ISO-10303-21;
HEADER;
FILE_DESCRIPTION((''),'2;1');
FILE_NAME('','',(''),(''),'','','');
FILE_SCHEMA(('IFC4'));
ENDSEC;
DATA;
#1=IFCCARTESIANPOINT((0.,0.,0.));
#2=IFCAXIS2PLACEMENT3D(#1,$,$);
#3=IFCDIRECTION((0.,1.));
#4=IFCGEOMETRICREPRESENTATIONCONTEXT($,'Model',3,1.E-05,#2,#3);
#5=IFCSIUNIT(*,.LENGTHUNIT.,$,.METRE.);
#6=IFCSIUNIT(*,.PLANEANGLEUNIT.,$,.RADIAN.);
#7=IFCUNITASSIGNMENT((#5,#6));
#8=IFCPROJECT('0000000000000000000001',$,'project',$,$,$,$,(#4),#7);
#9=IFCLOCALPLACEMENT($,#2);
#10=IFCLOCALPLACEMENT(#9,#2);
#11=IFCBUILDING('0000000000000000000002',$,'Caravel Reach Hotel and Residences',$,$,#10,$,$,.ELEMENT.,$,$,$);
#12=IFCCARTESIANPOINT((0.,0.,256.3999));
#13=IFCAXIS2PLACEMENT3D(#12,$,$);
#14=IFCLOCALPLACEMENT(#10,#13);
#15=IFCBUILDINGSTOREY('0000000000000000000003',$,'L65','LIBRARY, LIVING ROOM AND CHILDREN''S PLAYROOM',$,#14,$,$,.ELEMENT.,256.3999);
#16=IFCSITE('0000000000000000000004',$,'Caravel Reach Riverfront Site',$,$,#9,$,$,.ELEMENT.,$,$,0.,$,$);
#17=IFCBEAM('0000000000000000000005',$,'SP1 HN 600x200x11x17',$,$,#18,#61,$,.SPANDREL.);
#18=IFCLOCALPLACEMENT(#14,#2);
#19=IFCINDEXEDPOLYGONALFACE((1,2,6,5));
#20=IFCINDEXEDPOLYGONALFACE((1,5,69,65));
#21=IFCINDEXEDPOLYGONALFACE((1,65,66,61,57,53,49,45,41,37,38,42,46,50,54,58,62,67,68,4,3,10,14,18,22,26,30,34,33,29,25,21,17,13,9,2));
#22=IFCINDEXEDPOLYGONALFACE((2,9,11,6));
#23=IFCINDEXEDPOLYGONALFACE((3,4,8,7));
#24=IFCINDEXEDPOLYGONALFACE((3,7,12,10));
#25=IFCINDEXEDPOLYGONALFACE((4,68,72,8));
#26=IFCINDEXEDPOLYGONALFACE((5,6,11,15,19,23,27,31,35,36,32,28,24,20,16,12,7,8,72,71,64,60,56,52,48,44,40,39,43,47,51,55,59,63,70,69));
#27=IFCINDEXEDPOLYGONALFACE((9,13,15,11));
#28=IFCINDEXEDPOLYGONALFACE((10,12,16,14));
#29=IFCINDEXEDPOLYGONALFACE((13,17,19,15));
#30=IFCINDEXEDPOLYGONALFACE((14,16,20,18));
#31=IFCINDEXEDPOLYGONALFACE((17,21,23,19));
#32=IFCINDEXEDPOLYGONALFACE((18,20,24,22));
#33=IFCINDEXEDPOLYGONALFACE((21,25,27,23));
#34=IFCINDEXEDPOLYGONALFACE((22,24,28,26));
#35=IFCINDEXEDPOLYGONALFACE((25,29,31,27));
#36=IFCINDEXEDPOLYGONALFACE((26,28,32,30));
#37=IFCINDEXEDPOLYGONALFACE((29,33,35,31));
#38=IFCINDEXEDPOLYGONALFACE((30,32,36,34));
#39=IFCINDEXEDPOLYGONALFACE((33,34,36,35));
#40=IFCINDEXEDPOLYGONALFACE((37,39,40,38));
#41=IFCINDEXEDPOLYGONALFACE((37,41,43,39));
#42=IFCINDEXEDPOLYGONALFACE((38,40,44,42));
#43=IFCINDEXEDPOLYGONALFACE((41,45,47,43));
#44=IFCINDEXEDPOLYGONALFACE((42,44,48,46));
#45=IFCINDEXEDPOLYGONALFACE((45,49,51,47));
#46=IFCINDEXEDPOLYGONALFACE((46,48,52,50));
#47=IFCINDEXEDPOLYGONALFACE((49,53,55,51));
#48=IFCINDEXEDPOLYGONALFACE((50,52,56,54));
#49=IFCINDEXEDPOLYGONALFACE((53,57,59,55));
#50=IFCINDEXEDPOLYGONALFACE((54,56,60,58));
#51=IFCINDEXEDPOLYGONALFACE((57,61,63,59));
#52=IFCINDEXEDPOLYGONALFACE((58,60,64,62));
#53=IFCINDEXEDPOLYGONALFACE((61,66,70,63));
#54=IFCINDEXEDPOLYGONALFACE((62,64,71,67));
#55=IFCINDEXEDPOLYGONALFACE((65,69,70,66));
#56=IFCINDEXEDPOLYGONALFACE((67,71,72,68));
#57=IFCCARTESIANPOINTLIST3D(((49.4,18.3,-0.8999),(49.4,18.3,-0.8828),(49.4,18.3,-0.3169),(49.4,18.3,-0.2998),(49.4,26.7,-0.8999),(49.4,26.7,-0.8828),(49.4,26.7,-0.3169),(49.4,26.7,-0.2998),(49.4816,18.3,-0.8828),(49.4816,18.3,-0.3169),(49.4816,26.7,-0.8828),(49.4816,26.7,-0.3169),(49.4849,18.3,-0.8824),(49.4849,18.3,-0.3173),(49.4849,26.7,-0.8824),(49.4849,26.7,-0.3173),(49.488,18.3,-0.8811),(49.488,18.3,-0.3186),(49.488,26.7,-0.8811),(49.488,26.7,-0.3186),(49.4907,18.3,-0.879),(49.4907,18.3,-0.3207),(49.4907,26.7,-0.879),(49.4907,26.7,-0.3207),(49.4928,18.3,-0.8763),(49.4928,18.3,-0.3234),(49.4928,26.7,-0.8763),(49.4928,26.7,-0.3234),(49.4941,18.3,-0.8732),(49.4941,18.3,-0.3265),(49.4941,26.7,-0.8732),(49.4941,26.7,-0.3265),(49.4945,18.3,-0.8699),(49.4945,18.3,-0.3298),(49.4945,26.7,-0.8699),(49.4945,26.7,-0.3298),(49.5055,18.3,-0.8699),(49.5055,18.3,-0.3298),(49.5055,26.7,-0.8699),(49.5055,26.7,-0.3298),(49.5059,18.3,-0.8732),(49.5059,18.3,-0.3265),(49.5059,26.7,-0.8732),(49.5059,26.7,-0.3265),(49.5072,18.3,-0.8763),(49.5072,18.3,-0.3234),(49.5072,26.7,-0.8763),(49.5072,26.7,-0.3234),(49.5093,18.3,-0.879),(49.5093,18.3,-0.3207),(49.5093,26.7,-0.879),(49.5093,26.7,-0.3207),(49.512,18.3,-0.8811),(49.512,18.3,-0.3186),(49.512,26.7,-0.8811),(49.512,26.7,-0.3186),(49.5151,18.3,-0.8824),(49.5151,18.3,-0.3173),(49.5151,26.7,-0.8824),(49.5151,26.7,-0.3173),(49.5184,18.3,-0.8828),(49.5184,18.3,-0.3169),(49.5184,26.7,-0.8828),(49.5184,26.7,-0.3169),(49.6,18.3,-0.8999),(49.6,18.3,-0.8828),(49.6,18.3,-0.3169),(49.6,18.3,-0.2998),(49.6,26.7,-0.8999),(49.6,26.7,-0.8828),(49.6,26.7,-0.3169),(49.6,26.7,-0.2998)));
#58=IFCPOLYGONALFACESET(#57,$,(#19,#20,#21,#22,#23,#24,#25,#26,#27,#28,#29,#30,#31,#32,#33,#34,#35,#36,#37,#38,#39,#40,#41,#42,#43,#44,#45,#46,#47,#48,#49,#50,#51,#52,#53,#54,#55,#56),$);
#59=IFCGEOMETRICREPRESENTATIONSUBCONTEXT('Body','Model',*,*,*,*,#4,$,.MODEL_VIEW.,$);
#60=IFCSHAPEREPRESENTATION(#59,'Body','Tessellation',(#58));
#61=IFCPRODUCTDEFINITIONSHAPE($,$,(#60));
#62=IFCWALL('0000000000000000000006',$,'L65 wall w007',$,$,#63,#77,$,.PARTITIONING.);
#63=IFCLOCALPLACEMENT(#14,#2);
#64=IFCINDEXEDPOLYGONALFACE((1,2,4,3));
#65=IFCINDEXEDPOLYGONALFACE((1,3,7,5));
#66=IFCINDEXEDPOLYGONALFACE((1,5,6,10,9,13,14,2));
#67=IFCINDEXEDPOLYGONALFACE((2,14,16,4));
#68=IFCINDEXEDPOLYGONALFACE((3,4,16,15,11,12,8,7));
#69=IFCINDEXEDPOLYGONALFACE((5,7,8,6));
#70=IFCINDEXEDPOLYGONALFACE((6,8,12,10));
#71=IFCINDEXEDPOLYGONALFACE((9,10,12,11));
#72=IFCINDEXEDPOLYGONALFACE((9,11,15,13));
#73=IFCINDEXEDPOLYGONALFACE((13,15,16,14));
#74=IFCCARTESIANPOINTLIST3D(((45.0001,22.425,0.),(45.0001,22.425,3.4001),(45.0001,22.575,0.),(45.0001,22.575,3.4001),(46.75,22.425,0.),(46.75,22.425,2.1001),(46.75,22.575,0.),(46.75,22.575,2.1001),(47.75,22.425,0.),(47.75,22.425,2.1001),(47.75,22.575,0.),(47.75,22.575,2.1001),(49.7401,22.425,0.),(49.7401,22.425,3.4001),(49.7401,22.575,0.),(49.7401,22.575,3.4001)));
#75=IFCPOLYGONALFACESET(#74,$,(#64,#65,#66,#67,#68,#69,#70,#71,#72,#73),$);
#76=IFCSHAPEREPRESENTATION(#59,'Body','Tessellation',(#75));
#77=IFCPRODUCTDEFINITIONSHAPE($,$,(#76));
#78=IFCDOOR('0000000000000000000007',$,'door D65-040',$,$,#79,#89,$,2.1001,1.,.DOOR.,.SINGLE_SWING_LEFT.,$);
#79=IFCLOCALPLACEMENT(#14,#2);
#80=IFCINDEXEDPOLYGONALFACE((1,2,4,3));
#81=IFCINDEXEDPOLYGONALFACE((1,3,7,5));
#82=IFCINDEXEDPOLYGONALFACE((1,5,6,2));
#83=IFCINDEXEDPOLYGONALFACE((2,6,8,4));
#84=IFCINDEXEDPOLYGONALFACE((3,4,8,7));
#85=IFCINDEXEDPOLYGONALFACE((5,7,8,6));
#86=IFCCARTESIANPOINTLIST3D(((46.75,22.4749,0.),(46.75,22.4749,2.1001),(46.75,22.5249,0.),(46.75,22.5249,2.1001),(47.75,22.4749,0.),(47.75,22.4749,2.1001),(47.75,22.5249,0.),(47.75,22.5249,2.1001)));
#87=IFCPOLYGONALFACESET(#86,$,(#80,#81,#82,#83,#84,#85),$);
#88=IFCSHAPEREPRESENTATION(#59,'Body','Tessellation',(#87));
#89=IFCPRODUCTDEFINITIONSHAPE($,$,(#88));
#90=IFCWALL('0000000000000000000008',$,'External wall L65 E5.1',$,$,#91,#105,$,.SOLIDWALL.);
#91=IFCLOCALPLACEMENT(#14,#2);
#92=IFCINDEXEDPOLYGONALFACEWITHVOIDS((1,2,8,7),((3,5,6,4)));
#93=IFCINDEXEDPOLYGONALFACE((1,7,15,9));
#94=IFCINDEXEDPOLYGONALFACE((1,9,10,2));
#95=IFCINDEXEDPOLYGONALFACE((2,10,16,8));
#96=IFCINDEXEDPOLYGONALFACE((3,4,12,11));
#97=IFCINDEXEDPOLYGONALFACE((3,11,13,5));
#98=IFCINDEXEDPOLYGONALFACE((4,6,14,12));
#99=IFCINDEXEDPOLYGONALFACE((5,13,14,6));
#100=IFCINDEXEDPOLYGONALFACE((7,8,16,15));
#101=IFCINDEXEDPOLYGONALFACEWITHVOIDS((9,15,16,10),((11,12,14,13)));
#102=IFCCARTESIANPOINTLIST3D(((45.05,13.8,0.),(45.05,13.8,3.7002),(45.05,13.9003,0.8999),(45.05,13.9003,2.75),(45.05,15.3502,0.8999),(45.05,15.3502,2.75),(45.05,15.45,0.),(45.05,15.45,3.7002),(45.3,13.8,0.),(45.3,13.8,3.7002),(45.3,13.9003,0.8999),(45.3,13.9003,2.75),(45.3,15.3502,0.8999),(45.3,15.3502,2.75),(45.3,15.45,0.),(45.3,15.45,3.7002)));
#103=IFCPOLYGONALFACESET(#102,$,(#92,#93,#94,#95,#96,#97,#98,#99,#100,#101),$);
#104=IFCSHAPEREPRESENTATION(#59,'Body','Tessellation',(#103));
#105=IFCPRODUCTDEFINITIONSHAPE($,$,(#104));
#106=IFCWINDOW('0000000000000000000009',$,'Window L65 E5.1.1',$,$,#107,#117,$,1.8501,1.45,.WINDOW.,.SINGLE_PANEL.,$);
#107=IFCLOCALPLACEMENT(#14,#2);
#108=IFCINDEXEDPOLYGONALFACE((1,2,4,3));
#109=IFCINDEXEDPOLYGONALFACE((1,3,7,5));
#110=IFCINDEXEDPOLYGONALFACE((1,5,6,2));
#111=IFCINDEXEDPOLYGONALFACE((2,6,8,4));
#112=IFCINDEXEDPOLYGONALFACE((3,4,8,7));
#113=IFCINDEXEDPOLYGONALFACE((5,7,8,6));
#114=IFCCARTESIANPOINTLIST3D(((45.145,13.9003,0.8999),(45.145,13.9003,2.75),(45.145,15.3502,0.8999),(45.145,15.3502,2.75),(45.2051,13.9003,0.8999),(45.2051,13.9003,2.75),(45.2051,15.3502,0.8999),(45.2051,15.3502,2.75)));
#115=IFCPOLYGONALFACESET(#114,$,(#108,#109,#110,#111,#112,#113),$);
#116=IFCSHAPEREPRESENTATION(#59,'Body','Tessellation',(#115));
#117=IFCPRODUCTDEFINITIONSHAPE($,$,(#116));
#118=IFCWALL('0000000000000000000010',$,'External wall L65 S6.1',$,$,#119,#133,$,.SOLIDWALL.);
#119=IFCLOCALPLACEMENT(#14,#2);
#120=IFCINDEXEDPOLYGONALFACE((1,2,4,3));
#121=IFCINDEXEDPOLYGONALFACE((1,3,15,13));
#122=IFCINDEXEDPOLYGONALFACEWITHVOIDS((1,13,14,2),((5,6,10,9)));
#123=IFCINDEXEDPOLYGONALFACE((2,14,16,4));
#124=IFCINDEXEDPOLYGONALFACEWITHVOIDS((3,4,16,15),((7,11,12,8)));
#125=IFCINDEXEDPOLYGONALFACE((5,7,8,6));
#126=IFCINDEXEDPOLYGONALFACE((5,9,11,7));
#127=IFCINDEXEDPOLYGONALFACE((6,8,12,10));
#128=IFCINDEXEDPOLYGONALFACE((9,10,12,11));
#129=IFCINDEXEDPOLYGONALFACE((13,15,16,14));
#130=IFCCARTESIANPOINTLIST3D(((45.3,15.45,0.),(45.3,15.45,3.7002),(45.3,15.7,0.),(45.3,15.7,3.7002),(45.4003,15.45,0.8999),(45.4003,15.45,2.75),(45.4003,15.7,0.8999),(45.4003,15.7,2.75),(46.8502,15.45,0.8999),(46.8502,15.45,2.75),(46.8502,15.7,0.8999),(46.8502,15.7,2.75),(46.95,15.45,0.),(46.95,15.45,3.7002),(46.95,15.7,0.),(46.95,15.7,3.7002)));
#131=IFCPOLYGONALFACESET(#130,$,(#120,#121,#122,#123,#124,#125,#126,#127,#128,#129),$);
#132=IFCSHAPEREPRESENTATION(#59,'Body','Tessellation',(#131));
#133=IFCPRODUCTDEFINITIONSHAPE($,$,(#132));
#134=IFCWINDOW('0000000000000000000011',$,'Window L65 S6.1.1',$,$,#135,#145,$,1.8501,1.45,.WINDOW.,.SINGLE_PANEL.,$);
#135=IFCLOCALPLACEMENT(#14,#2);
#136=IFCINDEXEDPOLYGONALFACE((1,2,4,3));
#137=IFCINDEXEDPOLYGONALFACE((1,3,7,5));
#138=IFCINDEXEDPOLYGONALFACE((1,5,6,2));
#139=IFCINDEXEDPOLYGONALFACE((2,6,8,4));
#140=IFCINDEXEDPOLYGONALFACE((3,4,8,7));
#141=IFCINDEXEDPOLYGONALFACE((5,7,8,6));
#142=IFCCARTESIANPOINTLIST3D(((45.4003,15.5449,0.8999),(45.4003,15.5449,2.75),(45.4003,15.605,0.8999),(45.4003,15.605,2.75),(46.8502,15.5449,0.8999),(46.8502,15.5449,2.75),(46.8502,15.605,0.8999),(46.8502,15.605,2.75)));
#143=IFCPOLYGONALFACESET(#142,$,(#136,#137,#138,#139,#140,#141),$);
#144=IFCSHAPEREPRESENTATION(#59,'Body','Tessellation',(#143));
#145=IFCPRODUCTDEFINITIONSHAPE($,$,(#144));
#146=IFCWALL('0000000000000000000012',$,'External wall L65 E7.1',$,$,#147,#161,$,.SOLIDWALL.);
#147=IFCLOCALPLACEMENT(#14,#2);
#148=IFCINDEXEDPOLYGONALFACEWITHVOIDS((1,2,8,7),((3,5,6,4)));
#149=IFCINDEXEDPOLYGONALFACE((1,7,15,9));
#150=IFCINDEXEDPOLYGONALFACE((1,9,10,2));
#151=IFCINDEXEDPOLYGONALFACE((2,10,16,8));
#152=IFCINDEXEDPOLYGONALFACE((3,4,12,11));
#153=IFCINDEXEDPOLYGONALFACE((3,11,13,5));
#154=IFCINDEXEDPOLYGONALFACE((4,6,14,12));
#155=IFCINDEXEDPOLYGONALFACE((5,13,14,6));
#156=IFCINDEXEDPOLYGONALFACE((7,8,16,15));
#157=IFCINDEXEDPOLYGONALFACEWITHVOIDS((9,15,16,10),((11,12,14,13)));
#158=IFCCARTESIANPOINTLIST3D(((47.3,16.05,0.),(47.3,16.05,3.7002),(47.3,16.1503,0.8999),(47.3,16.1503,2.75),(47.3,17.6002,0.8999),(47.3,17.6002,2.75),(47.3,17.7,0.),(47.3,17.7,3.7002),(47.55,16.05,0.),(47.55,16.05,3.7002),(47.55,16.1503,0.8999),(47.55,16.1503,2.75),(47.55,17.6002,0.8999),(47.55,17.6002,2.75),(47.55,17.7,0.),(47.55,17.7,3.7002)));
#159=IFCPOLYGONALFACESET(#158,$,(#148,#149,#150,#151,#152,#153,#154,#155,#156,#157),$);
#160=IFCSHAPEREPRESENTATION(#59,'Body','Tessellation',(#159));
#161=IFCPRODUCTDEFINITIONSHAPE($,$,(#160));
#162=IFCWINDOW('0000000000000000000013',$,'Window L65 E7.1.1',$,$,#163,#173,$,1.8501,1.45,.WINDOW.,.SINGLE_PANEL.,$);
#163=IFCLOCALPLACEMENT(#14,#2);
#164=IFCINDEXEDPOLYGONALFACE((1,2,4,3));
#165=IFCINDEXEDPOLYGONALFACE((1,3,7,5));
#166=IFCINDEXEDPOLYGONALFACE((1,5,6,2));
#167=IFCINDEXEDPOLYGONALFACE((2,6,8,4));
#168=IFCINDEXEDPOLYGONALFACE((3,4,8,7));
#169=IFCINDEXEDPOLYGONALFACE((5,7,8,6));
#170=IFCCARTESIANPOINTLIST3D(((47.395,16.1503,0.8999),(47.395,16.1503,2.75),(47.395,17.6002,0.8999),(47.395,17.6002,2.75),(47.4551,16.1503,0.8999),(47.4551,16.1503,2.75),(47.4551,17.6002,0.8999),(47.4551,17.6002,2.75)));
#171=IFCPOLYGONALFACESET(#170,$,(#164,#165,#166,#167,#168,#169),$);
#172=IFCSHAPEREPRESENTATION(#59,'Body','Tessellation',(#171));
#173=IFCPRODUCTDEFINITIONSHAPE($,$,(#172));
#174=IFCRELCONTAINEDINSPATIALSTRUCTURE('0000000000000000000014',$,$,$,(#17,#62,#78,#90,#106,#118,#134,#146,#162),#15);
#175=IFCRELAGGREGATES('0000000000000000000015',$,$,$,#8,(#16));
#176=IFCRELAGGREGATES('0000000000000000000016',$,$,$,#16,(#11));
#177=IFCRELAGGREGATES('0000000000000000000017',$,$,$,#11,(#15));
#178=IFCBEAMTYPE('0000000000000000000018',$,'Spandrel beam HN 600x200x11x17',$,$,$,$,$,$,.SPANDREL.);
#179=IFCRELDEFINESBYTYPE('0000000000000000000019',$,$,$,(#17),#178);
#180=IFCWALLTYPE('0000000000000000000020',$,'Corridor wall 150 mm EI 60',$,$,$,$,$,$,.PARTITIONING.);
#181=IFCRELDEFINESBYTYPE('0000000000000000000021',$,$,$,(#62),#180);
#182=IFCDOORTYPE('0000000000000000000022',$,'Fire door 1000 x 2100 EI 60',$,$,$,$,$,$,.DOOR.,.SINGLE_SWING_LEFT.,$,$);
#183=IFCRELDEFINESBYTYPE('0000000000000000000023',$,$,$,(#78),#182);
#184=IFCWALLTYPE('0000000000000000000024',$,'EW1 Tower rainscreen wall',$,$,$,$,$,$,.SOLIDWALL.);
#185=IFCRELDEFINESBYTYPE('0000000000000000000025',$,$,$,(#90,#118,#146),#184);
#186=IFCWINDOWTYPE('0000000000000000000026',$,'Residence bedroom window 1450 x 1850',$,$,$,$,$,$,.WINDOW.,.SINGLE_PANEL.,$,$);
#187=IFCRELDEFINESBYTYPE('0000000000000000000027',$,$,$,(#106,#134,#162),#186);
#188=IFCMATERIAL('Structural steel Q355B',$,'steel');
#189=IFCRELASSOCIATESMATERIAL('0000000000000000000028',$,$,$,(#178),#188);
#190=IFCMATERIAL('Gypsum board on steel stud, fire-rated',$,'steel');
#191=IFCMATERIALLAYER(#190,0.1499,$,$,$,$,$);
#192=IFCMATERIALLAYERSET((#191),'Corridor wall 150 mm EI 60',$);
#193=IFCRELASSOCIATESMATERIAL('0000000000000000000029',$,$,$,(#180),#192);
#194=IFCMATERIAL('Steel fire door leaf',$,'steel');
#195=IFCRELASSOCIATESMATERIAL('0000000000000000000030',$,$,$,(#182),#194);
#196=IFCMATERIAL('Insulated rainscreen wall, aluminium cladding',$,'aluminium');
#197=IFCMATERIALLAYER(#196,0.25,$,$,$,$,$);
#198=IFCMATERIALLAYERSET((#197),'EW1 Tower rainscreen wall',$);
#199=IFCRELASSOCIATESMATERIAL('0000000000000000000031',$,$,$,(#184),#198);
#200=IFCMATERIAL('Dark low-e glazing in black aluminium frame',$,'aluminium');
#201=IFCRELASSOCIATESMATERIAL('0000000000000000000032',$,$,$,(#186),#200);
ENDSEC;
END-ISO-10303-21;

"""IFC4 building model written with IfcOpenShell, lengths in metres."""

from ifc_helpers import new_model, si_unit, direction, frame, frame_2d, origin, origin_2d, place, context, subcontext, project, spatial, rectangle, i_section, extrude, material, layer, layer_set, material_profile, profile_set, type_object, element, fill, save


model = new_model("IFC4")

# Units and contexts
model_context = context("Model", 3, precision=1e-05, world=origin(), true_north=direction((0.0, 1.0)))
body_context = subcontext(model_context, "Body", "Model", "MODEL_VIEW")
ifc_project = project(units=[si_unit("LENGTHUNIT", "METRE"), si_unit("PLANEANGLEUNIT", "RADIAN")], contexts=[model_context])

# Site, building, storey
site_placement = place(None, origin())
site = spatial("IfcSite", under=ifc_project, at=site_placement, Name="Caravel Reach Riverfront Site", CompositionType="ELEMENT", RefElevation=0.0)
building_placement = place(site_placement, origin())
building = spatial("IfcBuilding", under=site, at=building_placement, Name="Caravel Reach Hotel and Residences", CompositionType="ELEMENT")
storey_placement = place(building_placement, frame((0.0, 0.0, 256.3999)))
storey = spatial("IfcBuildingStorey", under=building, at=storey_placement, Name="L65", Description="LIBRARY, LIVING ROOM AND CHILDREN'S PLAYROOM", CompositionType="ELEMENT", Elevation=256.3999)

# Beam
ifc_material_1 = material(Name="Structural steel Q355B", Category="steel")
ifc_material_profile_1 = material_profile(ifc_material_1, i_section(OverallWidth=0.2, OverallDepth=0.6001, WebThickness=0.011, FlangeThickness=0.0171, FilletRadius=0.0129, at=origin_2d()), Name="HN 600x200x11x17")
ifc_profile_set_1 = profile_set([ifc_material_profile_1], Name="Structural steel Q355B")
beam_type = type_object("IfcBeamType", Name="Spandrel beam HN 600x200x11x17", PredefinedType="SPANDREL", material=ifc_profile_set_1)
beam_placement = place(storey_placement, frame((49.5, 18.3, -0.5999), z_axis=(0.0, 1.0, 0.0), x_axis=(-1.0, 0.0, 0.0)))
element("IfcBeam", 1, at=beam_placement, inside=storey, type_object=beam_type, Name="SP1 HN 600x200x11x17", PredefinedType="SPANDREL", context=body_context, shape_type="SweptSolid", body=[
    extrude(i_section(OverallWidth=0.2, OverallDepth=0.6001, WebThickness=0.011, FlangeThickness=0.0171, FilletRadius=0.0129, at=origin_2d()), origin(), (0.0, 0.0, 1.0), 8.3999),
])

# Wall, opening, door
ifc_material_2 = material(Name="Gypsum board on steel stud, fire-rated", Category="steel")
ifc_layer_1 = layer(ifc_material_2, 0.1499)
ifc_layer_set_1 = layer_set([ifc_layer_1], Name="Corridor wall 150 mm EI 60")
wall_type_1 = type_object("IfcWallType", Name="Corridor wall 150 mm EI 60", PredefinedType="PARTITIONING", material=ifc_layer_set_1)
wall_1_placement = place(storey_placement, frame((45.0, 22.5, 0.0), z_axis=(0.0, 0.0, 1.0), x_axis=(1.0, 0.0, 0.0)))
wall_1 = element("IfcWall", 2, at=wall_1_placement, inside=storey, type_object=wall_type_1, Name="L65 wall w007", PredefinedType="PARTITIONING", context=body_context, shape_type="SweptSolid", body=[
    extrude(rectangle(XDim=4.74, YDim=0.1499, at=frame_2d((2.3701, 0.0))), origin(), (0.0, 0.0, 1.0), 3.4001),
])
opening_1_placement = place(wall_1_placement, frame((1.75, 0.0, 0.0)))
opening_1 = element("IfcOpeningElement", 3, at=opening_1_placement, cuts=wall_1, PredefinedType="OPENING", context=body_context, shape_type="SweptSolid", body=[
    extrude(rectangle(XDim=1.0, YDim=2.1001, at=frame_2d((0.5, 1.05))), frame((0.0, 0.085, 0.0), z_axis=(0.0, -1.0, 0.0), x_axis=(1.0, 0.0, 0.0)), (0.0, 0.0, 1.0), 0.1699),
])
ifc_material_3 = material(Name="Steel fire door leaf", Category="steel")
door_type = type_object("IfcDoorType", Name="Fire door 1000 x 2100 EI 60", OperationType="SINGLE_SWING_LEFT", PredefinedType="DOOR", material=ifc_material_3)
door_placement = place(opening_1_placement, origin())
door = element("IfcDoor", 4, at=door_placement, inside=storey, type_object=door_type, Name="door D65-040", OperationType="SINGLE_SWING_LEFT", OverallHeight=2.1001, OverallWidth=1.0, PredefinedType="DOOR", context=body_context, shape_type="SweptSolid", body=[
    extrude(rectangle(XDim=1.0, YDim=2.1001, at=frame_2d((0.5, 1.05))), frame((0.0, 0.0249, 0.0), z_axis=(0.0, -1.0, 0.0), x_axis=(1.0, 0.0, 0.0)), (0.0, 0.0, 1.0), 0.05),
])
fill(opening_1, door)

# Walls, openings, windows
ifc_material_4 = material(Name="Insulated rainscreen wall, aluminium cladding", Category="aluminium")
ifc_layer_2 = layer(ifc_material_4, 0.25)
ifc_layer_set_2 = layer_set([ifc_layer_2], Name="EW1 Tower rainscreen wall")
wall_type_2 = type_object("IfcWallType", Name="EW1 Tower rainscreen wall", PredefinedType="SOLIDWALL", material=ifc_layer_set_2)
wall_2_placement = place(storey_placement, frame((45.175, 13.8, 0.0), z_axis=(0.0, 0.0, 1.0), x_axis=(0.0, 1.0, 0.0)))
wall_2 = element("IfcWall", 5, at=wall_2_placement, inside=storey, type_object=wall_type_2, Name="External wall L65 E5.1", PredefinedType="SOLIDWALL", context=body_context, shape_type="SweptSolid", body=[
    extrude(rectangle(XDim=1.6499, YDim=0.25, at=frame_2d((0.825, 0.0))), origin(), (0.0, 0.0, 1.0), 3.7002),
])
opening_2_placement = place(wall_2_placement, frame((0.1001, 0.0, 0.8999)))
opening_2 = element("IfcOpeningElement", 6, at=opening_2_placement, cuts=wall_2, PredefinedType="OPENING", context=body_context, shape_type="SweptSolid", body=[
    extrude(rectangle(XDim=1.45, YDim=1.8501, at=frame_2d((0.7251, 0.925))), frame((0.0, 0.135, 0.0), z_axis=(0.0, -1.0, 0.0), x_axis=(1.0, 0.0, 0.0)), (0.0, 0.0, 1.0), 0.27),
])
ifc_material_5 = material(Name="Dark low-e glazing in black aluminium frame", Category="aluminium")
window_type_1 = type_object("IfcWindowType", Name="Residence bedroom window 1450 x 1850", PartitioningType="SINGLE_PANEL", PredefinedType="WINDOW", material=ifc_material_5)
window_1_placement = place(opening_2_placement, origin())
window_1 = element("IfcWindow", 7, at=window_1_placement, inside=storey, type_object=window_type_1, Name="Window L65 E5.1.1", OverallHeight=1.8501, OverallWidth=1.45, PartitioningType="SINGLE_PANEL", PredefinedType="WINDOW", context=body_context, shape_type="SweptSolid", body=[
    extrude(rectangle(XDim=1.45, YDim=1.8501, at=frame_2d((0.7251, 0.925))), frame((0.0, 0.03, 0.0), z_axis=(0.0, -1.0, 0.0), x_axis=(1.0, 0.0, 0.0)), (0.0, 0.0, 1.0), 0.0601),
])
fill(opening_2, window_1)
wall_3_placement = place(storey_placement, frame((45.3, 15.575, 0.0), z_axis=(0.0, 0.0, 1.0), x_axis=(1.0, 0.0, 0.0)))
wall_3 = element("IfcWall", 8, at=wall_3_placement, inside=storey, type_object=wall_type_2, Name="External wall L65 S6.1", PredefinedType="SOLIDWALL", context=body_context, shape_type="SweptSolid", body=[
    extrude(rectangle(XDim=1.6499, YDim=0.25, at=frame_2d((0.825, 0.0))), origin(), (0.0, 0.0, 1.0), 3.7002),
])
opening_3_placement = place(wall_3_placement, frame((0.1001, 0.0, 0.8999)))
opening_3 = element("IfcOpeningElement", 9, at=opening_3_placement, cuts=wall_3, PredefinedType="OPENING", context=body_context, shape_type="SweptSolid", body=[
    extrude(rectangle(XDim=1.45, YDim=1.8501, at=frame_2d((0.7251, 0.925))), frame((0.0, 0.135, 0.0), z_axis=(0.0, -1.0, 0.0), x_axis=(1.0, 0.0, 0.0)), (0.0, 0.0, 1.0), 0.27),
])
window_2_placement = place(opening_3_placement, origin())
window_2 = element("IfcWindow", 10, at=window_2_placement, inside=storey, type_object=window_type_1, Name="Window L65 S6.1.1", OverallHeight=1.8501, OverallWidth=1.45, PartitioningType="SINGLE_PANEL", PredefinedType="WINDOW", context=body_context, shape_type="SweptSolid", body=[
    extrude(rectangle(XDim=1.45, YDim=1.8501, at=frame_2d((0.7251, 0.925))), frame((0.0, 0.03, 0.0), z_axis=(0.0, -1.0, 0.0), x_axis=(1.0, 0.0, 0.0)), (0.0, 0.0, 1.0), 0.0601),
])
fill(opening_3, window_2)
wall_4_placement = place(storey_placement, frame((47.425, 16.05, 0.0), z_axis=(0.0, 0.0, 1.0), x_axis=(0.0, 1.0, 0.0)))
wall_4 = element("IfcWall", 11, at=wall_4_placement, inside=storey, type_object=wall_type_2, Name="External wall L65 E7.1", PredefinedType="SOLIDWALL", context=body_context, shape_type="SweptSolid", body=[
    extrude(rectangle(XDim=1.6499, YDim=0.25, at=frame_2d((0.825, 0.0))), origin(), (0.0, 0.0, 1.0), 3.7002),
])
opening_4_placement = place(wall_4_placement, frame((0.1001, 0.0, 0.8999)))
opening_4 = element("IfcOpeningElement", 12, at=opening_4_placement, cuts=wall_4, PredefinedType="OPENING", context=body_context, shape_type="SweptSolid", body=[
    extrude(rectangle(XDim=1.45, YDim=1.8501, at=frame_2d((0.7251, 0.925))), frame((0.0, 0.135, 0.0), z_axis=(0.0, -1.0, 0.0), x_axis=(1.0, 0.0, 0.0)), (0.0, 0.0, 1.0), 0.27),
])
window_3_placement = place(opening_4_placement, origin())
window_3 = element("IfcWindow", 13, at=window_3_placement, inside=storey, type_object=window_type_1, Name="Window L65 E7.1.1", OverallHeight=1.8501, OverallWidth=1.45, PartitioningType="SINGLE_PANEL", PredefinedType="WINDOW", context=body_context, shape_type="SweptSolid", body=[
    extrude(rectangle(XDim=1.45, YDim=1.8501, at=frame_2d((0.7251, 0.925))), frame((0.0, 0.03, 0.0), z_axis=(0.0, -1.0, 0.0), x_axis=(1.0, 0.0, 0.0)), (0.0, 0.0, 1.0), 0.0601),
])
fill(opening_4, window_3)

save(model, "model.ifc")
